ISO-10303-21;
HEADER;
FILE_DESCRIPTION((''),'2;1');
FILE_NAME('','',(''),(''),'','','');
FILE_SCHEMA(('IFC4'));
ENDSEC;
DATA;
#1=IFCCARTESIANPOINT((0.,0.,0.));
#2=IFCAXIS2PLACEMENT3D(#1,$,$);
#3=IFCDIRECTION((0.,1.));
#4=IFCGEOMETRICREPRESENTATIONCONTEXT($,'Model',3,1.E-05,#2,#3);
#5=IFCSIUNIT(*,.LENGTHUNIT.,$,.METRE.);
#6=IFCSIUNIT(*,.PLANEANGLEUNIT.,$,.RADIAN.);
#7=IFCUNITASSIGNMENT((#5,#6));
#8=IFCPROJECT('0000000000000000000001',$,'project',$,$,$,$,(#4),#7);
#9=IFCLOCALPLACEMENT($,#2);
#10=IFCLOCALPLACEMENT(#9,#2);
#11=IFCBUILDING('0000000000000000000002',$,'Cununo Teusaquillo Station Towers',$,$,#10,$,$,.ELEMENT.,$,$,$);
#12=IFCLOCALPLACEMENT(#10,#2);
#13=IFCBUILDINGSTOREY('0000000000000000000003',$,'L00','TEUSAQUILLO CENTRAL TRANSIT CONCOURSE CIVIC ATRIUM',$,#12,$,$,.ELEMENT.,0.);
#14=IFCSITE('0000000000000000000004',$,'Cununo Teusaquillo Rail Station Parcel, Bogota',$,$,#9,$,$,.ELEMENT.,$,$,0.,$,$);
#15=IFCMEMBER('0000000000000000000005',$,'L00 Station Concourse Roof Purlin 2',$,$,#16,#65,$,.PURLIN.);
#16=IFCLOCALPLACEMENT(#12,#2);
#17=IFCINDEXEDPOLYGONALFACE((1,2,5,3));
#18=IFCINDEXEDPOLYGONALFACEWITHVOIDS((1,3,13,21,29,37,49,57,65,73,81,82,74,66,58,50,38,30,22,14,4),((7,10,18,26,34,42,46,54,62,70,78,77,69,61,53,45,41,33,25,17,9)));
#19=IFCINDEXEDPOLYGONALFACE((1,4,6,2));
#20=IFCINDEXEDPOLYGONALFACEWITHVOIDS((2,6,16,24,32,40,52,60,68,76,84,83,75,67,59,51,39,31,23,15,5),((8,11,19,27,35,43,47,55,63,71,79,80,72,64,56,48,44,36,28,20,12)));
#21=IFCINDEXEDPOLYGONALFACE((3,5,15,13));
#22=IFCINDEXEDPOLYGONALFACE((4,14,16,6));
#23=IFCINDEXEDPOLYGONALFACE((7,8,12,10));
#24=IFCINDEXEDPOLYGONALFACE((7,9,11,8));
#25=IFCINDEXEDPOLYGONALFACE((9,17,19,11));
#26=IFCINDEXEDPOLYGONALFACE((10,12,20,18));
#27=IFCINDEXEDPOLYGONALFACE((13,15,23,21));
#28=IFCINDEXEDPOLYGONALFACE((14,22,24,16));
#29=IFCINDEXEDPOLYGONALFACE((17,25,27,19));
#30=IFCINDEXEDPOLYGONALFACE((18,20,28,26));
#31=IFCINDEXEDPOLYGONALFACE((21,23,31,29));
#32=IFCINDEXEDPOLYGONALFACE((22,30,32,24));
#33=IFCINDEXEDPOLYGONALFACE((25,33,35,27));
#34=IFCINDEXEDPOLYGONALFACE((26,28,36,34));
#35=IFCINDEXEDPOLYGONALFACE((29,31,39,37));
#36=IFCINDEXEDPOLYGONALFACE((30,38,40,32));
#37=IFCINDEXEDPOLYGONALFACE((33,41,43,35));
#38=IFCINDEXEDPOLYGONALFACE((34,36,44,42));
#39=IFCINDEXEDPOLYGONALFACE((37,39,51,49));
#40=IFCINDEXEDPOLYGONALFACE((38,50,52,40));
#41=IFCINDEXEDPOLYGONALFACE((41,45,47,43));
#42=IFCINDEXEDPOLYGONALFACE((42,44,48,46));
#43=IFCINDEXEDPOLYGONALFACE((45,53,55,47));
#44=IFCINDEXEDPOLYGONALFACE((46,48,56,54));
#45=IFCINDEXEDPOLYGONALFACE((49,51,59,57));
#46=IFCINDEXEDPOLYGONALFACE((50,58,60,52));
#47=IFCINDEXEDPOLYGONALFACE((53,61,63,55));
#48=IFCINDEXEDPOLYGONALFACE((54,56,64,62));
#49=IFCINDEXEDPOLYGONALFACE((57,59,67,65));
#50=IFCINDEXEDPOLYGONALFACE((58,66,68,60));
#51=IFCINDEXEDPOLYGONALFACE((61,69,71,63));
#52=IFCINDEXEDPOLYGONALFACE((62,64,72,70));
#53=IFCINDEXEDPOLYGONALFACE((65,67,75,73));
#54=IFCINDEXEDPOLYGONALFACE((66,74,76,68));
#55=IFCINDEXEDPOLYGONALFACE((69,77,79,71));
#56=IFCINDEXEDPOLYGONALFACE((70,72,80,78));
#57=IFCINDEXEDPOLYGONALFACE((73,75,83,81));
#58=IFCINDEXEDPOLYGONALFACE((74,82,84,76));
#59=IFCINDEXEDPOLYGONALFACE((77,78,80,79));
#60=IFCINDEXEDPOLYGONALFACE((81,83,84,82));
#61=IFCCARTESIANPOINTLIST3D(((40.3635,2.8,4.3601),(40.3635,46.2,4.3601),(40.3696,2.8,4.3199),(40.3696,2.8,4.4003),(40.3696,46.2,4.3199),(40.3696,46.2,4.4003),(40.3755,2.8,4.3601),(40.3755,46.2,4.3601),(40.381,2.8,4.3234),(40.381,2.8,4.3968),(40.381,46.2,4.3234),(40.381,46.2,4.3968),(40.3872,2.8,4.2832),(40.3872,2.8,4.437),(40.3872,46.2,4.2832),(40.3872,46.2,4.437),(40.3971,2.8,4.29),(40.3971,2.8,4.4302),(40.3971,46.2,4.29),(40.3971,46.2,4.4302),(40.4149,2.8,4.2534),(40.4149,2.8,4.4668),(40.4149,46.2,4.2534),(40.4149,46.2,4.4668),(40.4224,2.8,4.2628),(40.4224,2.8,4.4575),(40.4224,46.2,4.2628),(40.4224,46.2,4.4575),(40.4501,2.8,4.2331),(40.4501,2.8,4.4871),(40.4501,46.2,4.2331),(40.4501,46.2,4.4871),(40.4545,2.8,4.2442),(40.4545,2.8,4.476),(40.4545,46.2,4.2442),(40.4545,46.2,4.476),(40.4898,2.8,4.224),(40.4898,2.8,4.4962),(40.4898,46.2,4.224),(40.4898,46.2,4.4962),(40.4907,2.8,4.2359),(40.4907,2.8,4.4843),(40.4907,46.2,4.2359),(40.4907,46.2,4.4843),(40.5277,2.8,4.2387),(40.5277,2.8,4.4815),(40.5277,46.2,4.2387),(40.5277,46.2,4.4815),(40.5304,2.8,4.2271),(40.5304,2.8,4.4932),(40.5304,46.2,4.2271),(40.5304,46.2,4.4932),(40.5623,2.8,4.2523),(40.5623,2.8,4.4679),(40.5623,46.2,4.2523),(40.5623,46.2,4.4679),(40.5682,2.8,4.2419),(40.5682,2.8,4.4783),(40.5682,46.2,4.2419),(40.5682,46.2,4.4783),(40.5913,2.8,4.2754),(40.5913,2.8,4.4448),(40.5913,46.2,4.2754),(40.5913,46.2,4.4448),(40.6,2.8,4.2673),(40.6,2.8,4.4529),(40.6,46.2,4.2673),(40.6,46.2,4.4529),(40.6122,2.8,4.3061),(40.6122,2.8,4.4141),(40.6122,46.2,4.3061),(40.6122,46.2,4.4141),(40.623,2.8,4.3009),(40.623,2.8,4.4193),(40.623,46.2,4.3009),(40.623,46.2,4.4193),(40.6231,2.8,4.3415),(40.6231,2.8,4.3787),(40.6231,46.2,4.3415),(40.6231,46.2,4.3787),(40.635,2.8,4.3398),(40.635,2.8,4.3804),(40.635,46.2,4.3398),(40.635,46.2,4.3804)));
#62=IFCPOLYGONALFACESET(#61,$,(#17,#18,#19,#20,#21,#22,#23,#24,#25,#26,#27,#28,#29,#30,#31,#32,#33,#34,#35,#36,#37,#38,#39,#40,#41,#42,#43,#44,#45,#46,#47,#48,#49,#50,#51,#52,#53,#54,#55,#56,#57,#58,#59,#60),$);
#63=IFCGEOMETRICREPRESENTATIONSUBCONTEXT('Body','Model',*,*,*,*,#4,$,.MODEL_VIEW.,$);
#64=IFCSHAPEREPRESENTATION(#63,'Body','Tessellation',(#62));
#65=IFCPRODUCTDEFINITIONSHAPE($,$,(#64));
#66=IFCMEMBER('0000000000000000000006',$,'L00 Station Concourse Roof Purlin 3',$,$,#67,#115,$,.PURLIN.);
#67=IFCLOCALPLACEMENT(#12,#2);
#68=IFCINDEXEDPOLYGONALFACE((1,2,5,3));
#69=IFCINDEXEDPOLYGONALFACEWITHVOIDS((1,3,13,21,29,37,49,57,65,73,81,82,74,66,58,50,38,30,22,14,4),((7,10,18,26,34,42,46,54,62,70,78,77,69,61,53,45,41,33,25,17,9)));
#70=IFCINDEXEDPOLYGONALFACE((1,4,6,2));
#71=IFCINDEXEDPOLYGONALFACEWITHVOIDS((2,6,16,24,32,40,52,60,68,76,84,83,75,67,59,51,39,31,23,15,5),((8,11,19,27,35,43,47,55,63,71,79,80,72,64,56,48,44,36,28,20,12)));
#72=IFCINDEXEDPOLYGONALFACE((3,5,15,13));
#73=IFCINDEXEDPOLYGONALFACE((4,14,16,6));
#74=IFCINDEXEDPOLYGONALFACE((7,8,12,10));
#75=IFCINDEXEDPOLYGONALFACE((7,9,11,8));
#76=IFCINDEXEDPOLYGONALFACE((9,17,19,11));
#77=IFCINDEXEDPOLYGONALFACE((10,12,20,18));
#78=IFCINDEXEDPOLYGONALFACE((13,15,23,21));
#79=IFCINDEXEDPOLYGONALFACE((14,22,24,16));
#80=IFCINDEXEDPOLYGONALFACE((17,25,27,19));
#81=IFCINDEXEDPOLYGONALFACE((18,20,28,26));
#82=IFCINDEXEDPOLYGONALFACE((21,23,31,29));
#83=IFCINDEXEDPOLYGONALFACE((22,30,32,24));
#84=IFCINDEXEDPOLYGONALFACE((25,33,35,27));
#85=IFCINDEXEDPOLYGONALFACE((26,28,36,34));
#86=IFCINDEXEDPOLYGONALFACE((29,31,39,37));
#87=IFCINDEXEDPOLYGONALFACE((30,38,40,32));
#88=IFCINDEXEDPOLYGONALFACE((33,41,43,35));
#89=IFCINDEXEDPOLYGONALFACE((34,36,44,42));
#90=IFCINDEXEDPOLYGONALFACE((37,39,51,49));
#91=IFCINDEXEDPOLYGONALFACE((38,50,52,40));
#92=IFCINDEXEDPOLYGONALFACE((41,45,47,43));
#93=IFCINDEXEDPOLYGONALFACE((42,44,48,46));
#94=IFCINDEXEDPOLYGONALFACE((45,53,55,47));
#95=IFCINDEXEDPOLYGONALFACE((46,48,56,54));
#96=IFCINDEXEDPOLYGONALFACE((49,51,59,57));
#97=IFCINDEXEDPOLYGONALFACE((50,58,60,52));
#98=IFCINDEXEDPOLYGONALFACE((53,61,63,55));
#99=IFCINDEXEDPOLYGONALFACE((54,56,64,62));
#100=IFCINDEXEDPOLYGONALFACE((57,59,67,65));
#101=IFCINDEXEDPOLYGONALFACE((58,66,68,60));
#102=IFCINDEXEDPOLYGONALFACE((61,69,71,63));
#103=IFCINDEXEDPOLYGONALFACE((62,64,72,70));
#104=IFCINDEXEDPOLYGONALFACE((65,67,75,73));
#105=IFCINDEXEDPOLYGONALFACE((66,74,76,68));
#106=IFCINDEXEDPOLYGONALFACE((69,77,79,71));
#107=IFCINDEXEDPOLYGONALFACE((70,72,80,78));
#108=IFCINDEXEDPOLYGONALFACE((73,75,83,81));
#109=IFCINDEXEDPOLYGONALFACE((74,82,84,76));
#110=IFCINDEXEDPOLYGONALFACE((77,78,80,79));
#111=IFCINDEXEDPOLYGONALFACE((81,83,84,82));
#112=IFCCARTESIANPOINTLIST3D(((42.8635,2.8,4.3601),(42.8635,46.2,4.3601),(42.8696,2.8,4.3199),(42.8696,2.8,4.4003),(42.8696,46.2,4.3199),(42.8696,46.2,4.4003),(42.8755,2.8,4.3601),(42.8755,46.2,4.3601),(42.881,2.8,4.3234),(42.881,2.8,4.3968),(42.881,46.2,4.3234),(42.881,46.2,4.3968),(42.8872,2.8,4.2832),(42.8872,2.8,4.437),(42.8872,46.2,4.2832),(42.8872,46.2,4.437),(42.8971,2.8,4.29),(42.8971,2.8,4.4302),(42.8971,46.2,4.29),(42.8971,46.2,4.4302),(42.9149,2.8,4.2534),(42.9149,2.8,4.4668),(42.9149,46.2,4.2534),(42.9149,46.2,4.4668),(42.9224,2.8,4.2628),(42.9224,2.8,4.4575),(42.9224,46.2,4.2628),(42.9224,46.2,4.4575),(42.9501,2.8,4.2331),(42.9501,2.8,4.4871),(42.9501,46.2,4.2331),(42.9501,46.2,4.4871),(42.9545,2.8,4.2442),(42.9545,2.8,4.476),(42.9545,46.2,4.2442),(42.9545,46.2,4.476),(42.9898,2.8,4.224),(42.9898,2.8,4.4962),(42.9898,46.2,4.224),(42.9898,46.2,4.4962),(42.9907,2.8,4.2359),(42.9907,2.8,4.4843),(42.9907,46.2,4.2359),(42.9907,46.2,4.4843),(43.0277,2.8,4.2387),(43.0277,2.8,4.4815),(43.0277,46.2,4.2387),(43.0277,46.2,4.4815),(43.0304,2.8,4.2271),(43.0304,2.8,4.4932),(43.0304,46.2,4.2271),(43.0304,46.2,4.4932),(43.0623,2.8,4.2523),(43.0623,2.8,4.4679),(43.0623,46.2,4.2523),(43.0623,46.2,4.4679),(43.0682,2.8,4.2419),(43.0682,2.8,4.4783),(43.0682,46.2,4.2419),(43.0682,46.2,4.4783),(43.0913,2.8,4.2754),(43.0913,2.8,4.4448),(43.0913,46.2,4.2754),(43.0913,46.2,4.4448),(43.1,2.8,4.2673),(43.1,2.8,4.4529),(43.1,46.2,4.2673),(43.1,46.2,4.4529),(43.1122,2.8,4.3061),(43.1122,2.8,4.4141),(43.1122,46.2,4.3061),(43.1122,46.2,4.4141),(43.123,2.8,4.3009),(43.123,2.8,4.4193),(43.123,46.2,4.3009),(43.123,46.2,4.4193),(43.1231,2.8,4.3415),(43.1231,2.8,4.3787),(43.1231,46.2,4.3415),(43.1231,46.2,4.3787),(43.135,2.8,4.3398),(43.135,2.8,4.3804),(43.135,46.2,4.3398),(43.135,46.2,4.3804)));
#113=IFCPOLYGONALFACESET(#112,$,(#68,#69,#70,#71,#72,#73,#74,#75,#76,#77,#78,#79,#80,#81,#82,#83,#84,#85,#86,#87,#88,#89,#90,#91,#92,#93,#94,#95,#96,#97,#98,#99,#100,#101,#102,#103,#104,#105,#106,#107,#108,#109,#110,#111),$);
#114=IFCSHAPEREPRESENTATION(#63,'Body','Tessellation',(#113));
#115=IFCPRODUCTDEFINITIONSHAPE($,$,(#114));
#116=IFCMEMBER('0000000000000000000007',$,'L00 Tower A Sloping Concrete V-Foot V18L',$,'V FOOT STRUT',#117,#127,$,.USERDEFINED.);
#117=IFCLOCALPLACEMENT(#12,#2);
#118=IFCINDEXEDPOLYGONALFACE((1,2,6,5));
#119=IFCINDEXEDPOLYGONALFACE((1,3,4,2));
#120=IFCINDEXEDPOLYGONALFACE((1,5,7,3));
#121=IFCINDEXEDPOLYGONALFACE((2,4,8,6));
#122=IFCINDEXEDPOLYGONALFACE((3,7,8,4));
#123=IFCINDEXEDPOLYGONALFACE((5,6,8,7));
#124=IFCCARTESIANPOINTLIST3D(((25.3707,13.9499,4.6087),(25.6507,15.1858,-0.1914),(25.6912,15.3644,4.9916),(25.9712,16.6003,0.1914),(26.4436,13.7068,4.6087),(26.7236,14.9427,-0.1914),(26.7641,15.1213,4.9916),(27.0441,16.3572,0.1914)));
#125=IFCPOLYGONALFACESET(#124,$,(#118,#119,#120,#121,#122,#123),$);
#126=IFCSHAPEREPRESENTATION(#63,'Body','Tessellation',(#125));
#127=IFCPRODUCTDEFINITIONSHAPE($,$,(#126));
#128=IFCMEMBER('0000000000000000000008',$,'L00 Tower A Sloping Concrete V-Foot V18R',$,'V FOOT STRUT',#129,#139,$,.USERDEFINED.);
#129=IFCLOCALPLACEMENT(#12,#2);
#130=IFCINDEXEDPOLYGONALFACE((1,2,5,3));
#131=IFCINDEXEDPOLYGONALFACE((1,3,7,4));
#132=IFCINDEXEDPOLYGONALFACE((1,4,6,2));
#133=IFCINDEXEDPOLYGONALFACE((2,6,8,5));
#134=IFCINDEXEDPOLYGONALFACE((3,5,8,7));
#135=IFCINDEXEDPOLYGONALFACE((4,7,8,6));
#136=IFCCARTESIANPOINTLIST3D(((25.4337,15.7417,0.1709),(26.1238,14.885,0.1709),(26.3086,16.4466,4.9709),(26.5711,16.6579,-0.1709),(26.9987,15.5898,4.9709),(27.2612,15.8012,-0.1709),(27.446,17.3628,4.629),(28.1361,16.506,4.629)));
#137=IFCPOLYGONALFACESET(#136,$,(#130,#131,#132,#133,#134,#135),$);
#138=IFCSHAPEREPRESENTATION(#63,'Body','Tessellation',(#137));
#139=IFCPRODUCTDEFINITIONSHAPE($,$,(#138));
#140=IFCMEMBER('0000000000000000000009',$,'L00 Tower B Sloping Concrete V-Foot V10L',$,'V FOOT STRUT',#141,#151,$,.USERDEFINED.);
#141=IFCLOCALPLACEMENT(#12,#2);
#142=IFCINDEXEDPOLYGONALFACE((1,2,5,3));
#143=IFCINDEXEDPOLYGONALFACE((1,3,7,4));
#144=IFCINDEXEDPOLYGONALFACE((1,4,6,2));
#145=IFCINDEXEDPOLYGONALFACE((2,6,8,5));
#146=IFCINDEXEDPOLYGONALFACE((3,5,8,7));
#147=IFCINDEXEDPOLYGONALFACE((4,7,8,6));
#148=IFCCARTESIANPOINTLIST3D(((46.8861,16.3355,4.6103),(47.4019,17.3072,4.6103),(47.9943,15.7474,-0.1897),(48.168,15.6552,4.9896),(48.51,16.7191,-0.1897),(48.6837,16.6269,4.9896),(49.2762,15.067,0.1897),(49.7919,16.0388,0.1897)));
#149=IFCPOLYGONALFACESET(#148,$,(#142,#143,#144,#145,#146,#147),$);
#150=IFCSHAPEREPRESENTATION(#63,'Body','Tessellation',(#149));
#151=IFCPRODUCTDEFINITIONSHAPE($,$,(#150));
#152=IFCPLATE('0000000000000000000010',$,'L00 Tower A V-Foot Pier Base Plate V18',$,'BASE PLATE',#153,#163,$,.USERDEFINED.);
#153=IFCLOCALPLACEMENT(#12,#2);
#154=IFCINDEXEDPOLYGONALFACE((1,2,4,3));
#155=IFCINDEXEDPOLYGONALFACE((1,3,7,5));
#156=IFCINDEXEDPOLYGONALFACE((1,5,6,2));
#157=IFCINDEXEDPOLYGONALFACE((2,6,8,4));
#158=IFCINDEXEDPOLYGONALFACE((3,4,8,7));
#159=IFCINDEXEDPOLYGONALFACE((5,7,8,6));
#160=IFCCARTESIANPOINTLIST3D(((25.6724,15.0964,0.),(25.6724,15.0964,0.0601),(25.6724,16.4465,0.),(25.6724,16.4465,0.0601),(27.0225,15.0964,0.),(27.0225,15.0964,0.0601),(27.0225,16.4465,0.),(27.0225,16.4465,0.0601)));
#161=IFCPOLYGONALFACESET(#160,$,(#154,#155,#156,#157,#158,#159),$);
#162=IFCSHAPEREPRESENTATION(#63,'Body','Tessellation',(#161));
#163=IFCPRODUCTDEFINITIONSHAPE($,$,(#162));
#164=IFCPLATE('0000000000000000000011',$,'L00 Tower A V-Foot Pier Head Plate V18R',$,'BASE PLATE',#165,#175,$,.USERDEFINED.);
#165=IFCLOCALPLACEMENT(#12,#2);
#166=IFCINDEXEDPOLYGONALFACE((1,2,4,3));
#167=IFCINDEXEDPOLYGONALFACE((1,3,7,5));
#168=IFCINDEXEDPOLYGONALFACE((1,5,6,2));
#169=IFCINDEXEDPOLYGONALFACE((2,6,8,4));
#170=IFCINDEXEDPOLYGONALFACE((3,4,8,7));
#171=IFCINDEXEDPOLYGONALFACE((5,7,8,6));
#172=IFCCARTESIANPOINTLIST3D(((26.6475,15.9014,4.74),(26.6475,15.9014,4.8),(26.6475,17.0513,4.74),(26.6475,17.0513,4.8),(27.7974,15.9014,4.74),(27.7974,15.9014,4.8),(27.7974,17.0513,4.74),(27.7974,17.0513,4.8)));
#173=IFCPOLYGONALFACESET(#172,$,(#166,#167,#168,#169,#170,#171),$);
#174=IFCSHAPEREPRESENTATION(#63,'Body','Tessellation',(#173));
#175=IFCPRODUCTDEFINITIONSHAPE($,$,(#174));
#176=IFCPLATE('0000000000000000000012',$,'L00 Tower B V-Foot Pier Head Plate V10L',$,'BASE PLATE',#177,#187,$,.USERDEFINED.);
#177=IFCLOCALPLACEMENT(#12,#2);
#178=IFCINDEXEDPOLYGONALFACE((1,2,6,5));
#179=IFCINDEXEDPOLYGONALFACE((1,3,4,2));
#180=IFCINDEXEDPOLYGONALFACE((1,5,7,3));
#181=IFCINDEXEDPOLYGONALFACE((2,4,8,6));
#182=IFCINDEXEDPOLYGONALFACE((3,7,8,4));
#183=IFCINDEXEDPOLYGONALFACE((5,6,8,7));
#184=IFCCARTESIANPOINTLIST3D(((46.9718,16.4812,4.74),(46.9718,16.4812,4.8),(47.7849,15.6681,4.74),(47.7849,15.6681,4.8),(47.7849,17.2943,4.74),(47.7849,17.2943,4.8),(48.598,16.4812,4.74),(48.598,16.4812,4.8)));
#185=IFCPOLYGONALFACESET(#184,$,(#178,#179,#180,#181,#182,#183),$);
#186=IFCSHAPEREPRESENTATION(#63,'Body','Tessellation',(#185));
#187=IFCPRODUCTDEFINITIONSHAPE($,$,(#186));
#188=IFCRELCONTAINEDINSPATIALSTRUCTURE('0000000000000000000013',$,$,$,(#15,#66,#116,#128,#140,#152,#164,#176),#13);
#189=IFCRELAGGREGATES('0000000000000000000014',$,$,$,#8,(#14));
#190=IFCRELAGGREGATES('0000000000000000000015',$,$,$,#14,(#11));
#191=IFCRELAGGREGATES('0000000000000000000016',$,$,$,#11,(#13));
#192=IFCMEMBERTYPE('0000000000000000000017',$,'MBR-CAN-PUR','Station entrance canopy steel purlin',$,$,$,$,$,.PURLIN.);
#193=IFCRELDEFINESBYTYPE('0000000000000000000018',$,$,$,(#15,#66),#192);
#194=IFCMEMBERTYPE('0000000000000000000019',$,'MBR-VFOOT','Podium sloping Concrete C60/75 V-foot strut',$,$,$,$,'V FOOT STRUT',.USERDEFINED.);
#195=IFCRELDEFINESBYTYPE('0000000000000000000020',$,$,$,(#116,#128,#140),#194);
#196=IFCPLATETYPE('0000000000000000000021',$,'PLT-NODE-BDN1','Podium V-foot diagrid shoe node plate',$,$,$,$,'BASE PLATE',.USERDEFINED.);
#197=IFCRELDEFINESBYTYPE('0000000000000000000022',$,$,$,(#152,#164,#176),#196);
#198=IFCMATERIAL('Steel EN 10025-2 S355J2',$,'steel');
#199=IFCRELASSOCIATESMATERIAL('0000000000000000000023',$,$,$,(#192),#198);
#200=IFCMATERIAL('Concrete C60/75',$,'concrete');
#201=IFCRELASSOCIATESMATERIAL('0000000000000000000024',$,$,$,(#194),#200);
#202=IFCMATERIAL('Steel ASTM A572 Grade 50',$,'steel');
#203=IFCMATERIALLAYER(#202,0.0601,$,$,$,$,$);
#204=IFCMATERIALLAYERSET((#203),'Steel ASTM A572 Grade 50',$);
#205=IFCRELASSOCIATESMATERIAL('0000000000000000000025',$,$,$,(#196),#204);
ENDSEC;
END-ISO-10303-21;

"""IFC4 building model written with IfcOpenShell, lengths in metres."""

from ifc_helpers import new_model, si_unit, direction, frame, origin, origin_2d, place, context, subcontext, project, spatial, rectangle, hollow_circle, extrude, source, transform, mapped, material, layer, layer_set, material_profile, profile_set, type_object, element, save


model = new_model("IFC4")

# Units and contexts
model_context = context("Model", 3, precision=1e-05, world=origin(), true_north=direction((0.0, 1.0)))
body_context = subcontext(model_context, "Body", "Model", "MODEL_VIEW")
ifc_project = project(units=[si_unit("LENGTHUNIT", "METRE"), si_unit("PLANEANGLEUNIT", "RADIAN")], contexts=[model_context])

# Site, building, storey
site_placement = place(None, origin())
site = spatial("IfcSite", under=ifc_project, at=site_placement, Name="Cununo Teusaquillo Rail Station Parcel, Bogota", CompositionType="ELEMENT", RefElevation=0.0)
building_placement = place(site_placement, origin())
building = spatial("IfcBuilding", under=site, at=building_placement, Name="Cununo Teusaquillo Station Towers", CompositionType="ELEMENT")
storey_placement = place(building_placement, origin())
storey = spatial("IfcBuildingStorey", under=building, at=storey_placement, Name="L00", Description="TEUSAQUILLO CENTRAL TRANSIT CONCOURSE CIVIC ATRIUM", CompositionType="ELEMENT", Elevation=0.0)

# Members
ifc_material_1 = material(Name="Steel EN 10025-2 S355J2", Category="steel")
ifc_material_profile_1 = material_profile(ifc_material_1, hollow_circle(Radius=0.1365, WallThickness=0.012, at=origin_2d()), Name="CHS 273x12")
ifc_profile_set_1 = profile_set([ifc_material_profile_1], Name="Steel EN 10025-2 S355J2")
member_type_1 = type_object("IfcMemberType", Name="MBR-CAN-PUR", Description="Station entrance canopy steel purlin", PredefinedType="PURLIN", material=ifc_profile_set_1)
for number, where, z_axis, x_axis, name in (
    (1, (40.5, 2.8, 4.3601), (0.0, 1.0, 0.0), (-1.0, 0.0, 0.0), "L00 Station Concourse Roof Purlin 2"),
    (2, (43.0, 2.8, 4.3601), (0.0, 1.0, 0.0), (-1.0, 0.0, 0.0), "L00 Station Concourse Roof Purlin 3"),
):
    element("IfcMember", number, at=place(storey_placement, frame(where, z_axis=z_axis, x_axis=x_axis)), inside=storey, type_object=member_type_1, Name=name, PredefinedType="PURLIN", context=body_context, shape_type="SweptSolid", body=[
        extrude(hollow_circle(Radius=0.1365, WallThickness=0.012, at=origin_2d()), origin(), (0.0, 0.0, 1.0), 43.3999),
    ])
ifc_material_2 = material(Name="Concrete C60/75", Category="concrete")
ifc_material_profile_2 = material_profile(ifc_material_2, rectangle(XDim=1.1001, YDim=1.5, at=origin_2d()), Name="RC-RECT-1500x1100")
ifc_profile_set_2 = profile_set([ifc_material_profile_2], Name="Concrete C60/75")
member_type_2 = type_object("IfcMemberType", Name="MBR-VFOOT", Description="Podium sloping Concrete C60/75 V-foot strut", ElementType="V FOOT STRUT", PredefinedType="USERDEFINED", material=ifc_profile_set_2)
member_1_placement = place(storey_placement, frame((26.3474, 15.7715, 0.0), z_axis=(-0.056406, -0.248936, 0.966876), x_axis=(0.975276, -0.220988, 0.0)))
element("IfcMember", 3, at=member_1_placement, inside=storey, type_object=member_type_2, Name="L00 Tower A Sloping Concrete V-Foot V18L", ObjectType="V FOOT STRUT", PredefinedType="USERDEFINED", context=body_context, shape_type="SweptSolid", body=[
    extrude(rectangle(XDim=1.1001, YDim=1.5, at=origin_2d()), origin(), (0.0, 0.0, 1.0), 4.9646),
])
member_2_placement = place(storey_placement, frame((26.3474, 15.7715, 0.0), z_axis=(0.177492, 0.142974, 0.973681), x_axis=(-0.627315, 0.778766, 0.0)))
element("IfcMember", 4, at=member_2_placement, inside=storey, type_object=member_type_2, Name="L00 Tower A Sloping Concrete V-Foot V18R", ObjectType="V FOOT STRUT", PredefinedType="USERDEFINED", context=body_context, shape_type="SweptSolid", body=[
    extrude(rectangle(XDim=1.1001, YDim=1.5, at=origin_2d()), origin(), (0.0, 0.0, 1.0), 4.9297),
])
member_3_placement = place(storey_placement, frame((48.8931, 15.8931, 0.0), z_axis=(-0.22336, 0.118545, 0.967501), x_axis=(-0.468799, -0.883305, 0.0)))
element("IfcMember", 5, at=member_3_placement, inside=storey, type_object=member_type_2, Name="L00 Tower B Sloping Concrete V-Foot V10L", ObjectType="V FOOT STRUT", PredefinedType="USERDEFINED", context=body_context, shape_type="SweptSolid", body=[
    extrude(rectangle(XDim=1.1001, YDim=1.5, at=origin_2d()), origin(), (0.0, 0.0, 1.0), 4.9612),
])

# Plates
ifc_material_3 = material(Name="Steel ASTM A572 Grade 50", Category="steel")
ifc_layer_1 = layer(ifc_material_3, 0.0601)
ifc_layer_set_1 = layer_set([ifc_layer_1], Name="Steel ASTM A572 Grade 50")
plate_type = type_object("IfcPlateType", Name="PLT-NODE-BDN1", Description="Podium V-foot diagrid shoe node plate", ElementType="BASE PLATE", PredefinedType="USERDEFINED", material=ifc_layer_set_1)
shared_shape_1 = source(origin(), body_context, "Body", "SweptSolid", [
    extrude(rectangle(XDim=1.3501, YDim=1.3501, at=origin_2d()), origin(), (0.0, 0.0, 1.0), 0.0601),
])
plate_placement = place(storey_placement, frame((26.3474, 15.7715, 0.0), z_axis=(0.0, 0.0, 1.0), x_axis=(1.0, 0.0, 0.0)))
element("IfcPlate", 6, at=plate_placement, inside=storey, type_object=plate_type, Name="L00 Tower A V-Foot Pier Base Plate V18", ObjectType="BASE PLATE", PredefinedType="USERDEFINED", context=body_context, shape_type="MappedRepresentation", body=[
    mapped(shared_shape_1, transform((0.0, 0.0, 0.0), x_axis=(1.0, 0.0, 0.0), y_axis=(0.0, 1.0, 0.0), z_axis=(0.0, 0.0, 1.0), scale=1.0)),
])
shared_shape_2 = source(origin(), body_context, "Body", "SweptSolid", [
    extrude(rectangle(XDim=1.1499, YDim=1.1499, at=origin_2d()), origin(), (0.0, 0.0, 1.0), 0.0601),
])
for number, where, z_axis, x_axis, name in (
    (7, (27.2224, 16.4763, 4.74), (0.0, 0.0, 1.0), (1.0, 0.0, 0.0), "L00 Tower A V-Foot Pier Head Plate V18R"),
    (8, (47.7849, 16.4812, 4.74), (0.0, 0.0, 1.0), (0.707107, 0.707107, 0.0), "L00 Tower B V-Foot Pier Head Plate V10L"),
):
    element("IfcPlate", number, at=place(storey_placement, frame(where, z_axis=z_axis, x_axis=x_axis)), inside=storey, type_object=plate_type, Name=name, ObjectType="BASE PLATE", PredefinedType="USERDEFINED", context=body_context, shape_type="MappedRepresentation", body=[
        mapped(shared_shape_2, transform((0.0, 0.0, 0.0), x_axis=(1.0, 0.0, 0.0), y_axis=(0.0, 1.0, 0.0), z_axis=(0.0, 0.0, 1.0), scale=1.0)),
    ])

save(model, "model.ifc")
